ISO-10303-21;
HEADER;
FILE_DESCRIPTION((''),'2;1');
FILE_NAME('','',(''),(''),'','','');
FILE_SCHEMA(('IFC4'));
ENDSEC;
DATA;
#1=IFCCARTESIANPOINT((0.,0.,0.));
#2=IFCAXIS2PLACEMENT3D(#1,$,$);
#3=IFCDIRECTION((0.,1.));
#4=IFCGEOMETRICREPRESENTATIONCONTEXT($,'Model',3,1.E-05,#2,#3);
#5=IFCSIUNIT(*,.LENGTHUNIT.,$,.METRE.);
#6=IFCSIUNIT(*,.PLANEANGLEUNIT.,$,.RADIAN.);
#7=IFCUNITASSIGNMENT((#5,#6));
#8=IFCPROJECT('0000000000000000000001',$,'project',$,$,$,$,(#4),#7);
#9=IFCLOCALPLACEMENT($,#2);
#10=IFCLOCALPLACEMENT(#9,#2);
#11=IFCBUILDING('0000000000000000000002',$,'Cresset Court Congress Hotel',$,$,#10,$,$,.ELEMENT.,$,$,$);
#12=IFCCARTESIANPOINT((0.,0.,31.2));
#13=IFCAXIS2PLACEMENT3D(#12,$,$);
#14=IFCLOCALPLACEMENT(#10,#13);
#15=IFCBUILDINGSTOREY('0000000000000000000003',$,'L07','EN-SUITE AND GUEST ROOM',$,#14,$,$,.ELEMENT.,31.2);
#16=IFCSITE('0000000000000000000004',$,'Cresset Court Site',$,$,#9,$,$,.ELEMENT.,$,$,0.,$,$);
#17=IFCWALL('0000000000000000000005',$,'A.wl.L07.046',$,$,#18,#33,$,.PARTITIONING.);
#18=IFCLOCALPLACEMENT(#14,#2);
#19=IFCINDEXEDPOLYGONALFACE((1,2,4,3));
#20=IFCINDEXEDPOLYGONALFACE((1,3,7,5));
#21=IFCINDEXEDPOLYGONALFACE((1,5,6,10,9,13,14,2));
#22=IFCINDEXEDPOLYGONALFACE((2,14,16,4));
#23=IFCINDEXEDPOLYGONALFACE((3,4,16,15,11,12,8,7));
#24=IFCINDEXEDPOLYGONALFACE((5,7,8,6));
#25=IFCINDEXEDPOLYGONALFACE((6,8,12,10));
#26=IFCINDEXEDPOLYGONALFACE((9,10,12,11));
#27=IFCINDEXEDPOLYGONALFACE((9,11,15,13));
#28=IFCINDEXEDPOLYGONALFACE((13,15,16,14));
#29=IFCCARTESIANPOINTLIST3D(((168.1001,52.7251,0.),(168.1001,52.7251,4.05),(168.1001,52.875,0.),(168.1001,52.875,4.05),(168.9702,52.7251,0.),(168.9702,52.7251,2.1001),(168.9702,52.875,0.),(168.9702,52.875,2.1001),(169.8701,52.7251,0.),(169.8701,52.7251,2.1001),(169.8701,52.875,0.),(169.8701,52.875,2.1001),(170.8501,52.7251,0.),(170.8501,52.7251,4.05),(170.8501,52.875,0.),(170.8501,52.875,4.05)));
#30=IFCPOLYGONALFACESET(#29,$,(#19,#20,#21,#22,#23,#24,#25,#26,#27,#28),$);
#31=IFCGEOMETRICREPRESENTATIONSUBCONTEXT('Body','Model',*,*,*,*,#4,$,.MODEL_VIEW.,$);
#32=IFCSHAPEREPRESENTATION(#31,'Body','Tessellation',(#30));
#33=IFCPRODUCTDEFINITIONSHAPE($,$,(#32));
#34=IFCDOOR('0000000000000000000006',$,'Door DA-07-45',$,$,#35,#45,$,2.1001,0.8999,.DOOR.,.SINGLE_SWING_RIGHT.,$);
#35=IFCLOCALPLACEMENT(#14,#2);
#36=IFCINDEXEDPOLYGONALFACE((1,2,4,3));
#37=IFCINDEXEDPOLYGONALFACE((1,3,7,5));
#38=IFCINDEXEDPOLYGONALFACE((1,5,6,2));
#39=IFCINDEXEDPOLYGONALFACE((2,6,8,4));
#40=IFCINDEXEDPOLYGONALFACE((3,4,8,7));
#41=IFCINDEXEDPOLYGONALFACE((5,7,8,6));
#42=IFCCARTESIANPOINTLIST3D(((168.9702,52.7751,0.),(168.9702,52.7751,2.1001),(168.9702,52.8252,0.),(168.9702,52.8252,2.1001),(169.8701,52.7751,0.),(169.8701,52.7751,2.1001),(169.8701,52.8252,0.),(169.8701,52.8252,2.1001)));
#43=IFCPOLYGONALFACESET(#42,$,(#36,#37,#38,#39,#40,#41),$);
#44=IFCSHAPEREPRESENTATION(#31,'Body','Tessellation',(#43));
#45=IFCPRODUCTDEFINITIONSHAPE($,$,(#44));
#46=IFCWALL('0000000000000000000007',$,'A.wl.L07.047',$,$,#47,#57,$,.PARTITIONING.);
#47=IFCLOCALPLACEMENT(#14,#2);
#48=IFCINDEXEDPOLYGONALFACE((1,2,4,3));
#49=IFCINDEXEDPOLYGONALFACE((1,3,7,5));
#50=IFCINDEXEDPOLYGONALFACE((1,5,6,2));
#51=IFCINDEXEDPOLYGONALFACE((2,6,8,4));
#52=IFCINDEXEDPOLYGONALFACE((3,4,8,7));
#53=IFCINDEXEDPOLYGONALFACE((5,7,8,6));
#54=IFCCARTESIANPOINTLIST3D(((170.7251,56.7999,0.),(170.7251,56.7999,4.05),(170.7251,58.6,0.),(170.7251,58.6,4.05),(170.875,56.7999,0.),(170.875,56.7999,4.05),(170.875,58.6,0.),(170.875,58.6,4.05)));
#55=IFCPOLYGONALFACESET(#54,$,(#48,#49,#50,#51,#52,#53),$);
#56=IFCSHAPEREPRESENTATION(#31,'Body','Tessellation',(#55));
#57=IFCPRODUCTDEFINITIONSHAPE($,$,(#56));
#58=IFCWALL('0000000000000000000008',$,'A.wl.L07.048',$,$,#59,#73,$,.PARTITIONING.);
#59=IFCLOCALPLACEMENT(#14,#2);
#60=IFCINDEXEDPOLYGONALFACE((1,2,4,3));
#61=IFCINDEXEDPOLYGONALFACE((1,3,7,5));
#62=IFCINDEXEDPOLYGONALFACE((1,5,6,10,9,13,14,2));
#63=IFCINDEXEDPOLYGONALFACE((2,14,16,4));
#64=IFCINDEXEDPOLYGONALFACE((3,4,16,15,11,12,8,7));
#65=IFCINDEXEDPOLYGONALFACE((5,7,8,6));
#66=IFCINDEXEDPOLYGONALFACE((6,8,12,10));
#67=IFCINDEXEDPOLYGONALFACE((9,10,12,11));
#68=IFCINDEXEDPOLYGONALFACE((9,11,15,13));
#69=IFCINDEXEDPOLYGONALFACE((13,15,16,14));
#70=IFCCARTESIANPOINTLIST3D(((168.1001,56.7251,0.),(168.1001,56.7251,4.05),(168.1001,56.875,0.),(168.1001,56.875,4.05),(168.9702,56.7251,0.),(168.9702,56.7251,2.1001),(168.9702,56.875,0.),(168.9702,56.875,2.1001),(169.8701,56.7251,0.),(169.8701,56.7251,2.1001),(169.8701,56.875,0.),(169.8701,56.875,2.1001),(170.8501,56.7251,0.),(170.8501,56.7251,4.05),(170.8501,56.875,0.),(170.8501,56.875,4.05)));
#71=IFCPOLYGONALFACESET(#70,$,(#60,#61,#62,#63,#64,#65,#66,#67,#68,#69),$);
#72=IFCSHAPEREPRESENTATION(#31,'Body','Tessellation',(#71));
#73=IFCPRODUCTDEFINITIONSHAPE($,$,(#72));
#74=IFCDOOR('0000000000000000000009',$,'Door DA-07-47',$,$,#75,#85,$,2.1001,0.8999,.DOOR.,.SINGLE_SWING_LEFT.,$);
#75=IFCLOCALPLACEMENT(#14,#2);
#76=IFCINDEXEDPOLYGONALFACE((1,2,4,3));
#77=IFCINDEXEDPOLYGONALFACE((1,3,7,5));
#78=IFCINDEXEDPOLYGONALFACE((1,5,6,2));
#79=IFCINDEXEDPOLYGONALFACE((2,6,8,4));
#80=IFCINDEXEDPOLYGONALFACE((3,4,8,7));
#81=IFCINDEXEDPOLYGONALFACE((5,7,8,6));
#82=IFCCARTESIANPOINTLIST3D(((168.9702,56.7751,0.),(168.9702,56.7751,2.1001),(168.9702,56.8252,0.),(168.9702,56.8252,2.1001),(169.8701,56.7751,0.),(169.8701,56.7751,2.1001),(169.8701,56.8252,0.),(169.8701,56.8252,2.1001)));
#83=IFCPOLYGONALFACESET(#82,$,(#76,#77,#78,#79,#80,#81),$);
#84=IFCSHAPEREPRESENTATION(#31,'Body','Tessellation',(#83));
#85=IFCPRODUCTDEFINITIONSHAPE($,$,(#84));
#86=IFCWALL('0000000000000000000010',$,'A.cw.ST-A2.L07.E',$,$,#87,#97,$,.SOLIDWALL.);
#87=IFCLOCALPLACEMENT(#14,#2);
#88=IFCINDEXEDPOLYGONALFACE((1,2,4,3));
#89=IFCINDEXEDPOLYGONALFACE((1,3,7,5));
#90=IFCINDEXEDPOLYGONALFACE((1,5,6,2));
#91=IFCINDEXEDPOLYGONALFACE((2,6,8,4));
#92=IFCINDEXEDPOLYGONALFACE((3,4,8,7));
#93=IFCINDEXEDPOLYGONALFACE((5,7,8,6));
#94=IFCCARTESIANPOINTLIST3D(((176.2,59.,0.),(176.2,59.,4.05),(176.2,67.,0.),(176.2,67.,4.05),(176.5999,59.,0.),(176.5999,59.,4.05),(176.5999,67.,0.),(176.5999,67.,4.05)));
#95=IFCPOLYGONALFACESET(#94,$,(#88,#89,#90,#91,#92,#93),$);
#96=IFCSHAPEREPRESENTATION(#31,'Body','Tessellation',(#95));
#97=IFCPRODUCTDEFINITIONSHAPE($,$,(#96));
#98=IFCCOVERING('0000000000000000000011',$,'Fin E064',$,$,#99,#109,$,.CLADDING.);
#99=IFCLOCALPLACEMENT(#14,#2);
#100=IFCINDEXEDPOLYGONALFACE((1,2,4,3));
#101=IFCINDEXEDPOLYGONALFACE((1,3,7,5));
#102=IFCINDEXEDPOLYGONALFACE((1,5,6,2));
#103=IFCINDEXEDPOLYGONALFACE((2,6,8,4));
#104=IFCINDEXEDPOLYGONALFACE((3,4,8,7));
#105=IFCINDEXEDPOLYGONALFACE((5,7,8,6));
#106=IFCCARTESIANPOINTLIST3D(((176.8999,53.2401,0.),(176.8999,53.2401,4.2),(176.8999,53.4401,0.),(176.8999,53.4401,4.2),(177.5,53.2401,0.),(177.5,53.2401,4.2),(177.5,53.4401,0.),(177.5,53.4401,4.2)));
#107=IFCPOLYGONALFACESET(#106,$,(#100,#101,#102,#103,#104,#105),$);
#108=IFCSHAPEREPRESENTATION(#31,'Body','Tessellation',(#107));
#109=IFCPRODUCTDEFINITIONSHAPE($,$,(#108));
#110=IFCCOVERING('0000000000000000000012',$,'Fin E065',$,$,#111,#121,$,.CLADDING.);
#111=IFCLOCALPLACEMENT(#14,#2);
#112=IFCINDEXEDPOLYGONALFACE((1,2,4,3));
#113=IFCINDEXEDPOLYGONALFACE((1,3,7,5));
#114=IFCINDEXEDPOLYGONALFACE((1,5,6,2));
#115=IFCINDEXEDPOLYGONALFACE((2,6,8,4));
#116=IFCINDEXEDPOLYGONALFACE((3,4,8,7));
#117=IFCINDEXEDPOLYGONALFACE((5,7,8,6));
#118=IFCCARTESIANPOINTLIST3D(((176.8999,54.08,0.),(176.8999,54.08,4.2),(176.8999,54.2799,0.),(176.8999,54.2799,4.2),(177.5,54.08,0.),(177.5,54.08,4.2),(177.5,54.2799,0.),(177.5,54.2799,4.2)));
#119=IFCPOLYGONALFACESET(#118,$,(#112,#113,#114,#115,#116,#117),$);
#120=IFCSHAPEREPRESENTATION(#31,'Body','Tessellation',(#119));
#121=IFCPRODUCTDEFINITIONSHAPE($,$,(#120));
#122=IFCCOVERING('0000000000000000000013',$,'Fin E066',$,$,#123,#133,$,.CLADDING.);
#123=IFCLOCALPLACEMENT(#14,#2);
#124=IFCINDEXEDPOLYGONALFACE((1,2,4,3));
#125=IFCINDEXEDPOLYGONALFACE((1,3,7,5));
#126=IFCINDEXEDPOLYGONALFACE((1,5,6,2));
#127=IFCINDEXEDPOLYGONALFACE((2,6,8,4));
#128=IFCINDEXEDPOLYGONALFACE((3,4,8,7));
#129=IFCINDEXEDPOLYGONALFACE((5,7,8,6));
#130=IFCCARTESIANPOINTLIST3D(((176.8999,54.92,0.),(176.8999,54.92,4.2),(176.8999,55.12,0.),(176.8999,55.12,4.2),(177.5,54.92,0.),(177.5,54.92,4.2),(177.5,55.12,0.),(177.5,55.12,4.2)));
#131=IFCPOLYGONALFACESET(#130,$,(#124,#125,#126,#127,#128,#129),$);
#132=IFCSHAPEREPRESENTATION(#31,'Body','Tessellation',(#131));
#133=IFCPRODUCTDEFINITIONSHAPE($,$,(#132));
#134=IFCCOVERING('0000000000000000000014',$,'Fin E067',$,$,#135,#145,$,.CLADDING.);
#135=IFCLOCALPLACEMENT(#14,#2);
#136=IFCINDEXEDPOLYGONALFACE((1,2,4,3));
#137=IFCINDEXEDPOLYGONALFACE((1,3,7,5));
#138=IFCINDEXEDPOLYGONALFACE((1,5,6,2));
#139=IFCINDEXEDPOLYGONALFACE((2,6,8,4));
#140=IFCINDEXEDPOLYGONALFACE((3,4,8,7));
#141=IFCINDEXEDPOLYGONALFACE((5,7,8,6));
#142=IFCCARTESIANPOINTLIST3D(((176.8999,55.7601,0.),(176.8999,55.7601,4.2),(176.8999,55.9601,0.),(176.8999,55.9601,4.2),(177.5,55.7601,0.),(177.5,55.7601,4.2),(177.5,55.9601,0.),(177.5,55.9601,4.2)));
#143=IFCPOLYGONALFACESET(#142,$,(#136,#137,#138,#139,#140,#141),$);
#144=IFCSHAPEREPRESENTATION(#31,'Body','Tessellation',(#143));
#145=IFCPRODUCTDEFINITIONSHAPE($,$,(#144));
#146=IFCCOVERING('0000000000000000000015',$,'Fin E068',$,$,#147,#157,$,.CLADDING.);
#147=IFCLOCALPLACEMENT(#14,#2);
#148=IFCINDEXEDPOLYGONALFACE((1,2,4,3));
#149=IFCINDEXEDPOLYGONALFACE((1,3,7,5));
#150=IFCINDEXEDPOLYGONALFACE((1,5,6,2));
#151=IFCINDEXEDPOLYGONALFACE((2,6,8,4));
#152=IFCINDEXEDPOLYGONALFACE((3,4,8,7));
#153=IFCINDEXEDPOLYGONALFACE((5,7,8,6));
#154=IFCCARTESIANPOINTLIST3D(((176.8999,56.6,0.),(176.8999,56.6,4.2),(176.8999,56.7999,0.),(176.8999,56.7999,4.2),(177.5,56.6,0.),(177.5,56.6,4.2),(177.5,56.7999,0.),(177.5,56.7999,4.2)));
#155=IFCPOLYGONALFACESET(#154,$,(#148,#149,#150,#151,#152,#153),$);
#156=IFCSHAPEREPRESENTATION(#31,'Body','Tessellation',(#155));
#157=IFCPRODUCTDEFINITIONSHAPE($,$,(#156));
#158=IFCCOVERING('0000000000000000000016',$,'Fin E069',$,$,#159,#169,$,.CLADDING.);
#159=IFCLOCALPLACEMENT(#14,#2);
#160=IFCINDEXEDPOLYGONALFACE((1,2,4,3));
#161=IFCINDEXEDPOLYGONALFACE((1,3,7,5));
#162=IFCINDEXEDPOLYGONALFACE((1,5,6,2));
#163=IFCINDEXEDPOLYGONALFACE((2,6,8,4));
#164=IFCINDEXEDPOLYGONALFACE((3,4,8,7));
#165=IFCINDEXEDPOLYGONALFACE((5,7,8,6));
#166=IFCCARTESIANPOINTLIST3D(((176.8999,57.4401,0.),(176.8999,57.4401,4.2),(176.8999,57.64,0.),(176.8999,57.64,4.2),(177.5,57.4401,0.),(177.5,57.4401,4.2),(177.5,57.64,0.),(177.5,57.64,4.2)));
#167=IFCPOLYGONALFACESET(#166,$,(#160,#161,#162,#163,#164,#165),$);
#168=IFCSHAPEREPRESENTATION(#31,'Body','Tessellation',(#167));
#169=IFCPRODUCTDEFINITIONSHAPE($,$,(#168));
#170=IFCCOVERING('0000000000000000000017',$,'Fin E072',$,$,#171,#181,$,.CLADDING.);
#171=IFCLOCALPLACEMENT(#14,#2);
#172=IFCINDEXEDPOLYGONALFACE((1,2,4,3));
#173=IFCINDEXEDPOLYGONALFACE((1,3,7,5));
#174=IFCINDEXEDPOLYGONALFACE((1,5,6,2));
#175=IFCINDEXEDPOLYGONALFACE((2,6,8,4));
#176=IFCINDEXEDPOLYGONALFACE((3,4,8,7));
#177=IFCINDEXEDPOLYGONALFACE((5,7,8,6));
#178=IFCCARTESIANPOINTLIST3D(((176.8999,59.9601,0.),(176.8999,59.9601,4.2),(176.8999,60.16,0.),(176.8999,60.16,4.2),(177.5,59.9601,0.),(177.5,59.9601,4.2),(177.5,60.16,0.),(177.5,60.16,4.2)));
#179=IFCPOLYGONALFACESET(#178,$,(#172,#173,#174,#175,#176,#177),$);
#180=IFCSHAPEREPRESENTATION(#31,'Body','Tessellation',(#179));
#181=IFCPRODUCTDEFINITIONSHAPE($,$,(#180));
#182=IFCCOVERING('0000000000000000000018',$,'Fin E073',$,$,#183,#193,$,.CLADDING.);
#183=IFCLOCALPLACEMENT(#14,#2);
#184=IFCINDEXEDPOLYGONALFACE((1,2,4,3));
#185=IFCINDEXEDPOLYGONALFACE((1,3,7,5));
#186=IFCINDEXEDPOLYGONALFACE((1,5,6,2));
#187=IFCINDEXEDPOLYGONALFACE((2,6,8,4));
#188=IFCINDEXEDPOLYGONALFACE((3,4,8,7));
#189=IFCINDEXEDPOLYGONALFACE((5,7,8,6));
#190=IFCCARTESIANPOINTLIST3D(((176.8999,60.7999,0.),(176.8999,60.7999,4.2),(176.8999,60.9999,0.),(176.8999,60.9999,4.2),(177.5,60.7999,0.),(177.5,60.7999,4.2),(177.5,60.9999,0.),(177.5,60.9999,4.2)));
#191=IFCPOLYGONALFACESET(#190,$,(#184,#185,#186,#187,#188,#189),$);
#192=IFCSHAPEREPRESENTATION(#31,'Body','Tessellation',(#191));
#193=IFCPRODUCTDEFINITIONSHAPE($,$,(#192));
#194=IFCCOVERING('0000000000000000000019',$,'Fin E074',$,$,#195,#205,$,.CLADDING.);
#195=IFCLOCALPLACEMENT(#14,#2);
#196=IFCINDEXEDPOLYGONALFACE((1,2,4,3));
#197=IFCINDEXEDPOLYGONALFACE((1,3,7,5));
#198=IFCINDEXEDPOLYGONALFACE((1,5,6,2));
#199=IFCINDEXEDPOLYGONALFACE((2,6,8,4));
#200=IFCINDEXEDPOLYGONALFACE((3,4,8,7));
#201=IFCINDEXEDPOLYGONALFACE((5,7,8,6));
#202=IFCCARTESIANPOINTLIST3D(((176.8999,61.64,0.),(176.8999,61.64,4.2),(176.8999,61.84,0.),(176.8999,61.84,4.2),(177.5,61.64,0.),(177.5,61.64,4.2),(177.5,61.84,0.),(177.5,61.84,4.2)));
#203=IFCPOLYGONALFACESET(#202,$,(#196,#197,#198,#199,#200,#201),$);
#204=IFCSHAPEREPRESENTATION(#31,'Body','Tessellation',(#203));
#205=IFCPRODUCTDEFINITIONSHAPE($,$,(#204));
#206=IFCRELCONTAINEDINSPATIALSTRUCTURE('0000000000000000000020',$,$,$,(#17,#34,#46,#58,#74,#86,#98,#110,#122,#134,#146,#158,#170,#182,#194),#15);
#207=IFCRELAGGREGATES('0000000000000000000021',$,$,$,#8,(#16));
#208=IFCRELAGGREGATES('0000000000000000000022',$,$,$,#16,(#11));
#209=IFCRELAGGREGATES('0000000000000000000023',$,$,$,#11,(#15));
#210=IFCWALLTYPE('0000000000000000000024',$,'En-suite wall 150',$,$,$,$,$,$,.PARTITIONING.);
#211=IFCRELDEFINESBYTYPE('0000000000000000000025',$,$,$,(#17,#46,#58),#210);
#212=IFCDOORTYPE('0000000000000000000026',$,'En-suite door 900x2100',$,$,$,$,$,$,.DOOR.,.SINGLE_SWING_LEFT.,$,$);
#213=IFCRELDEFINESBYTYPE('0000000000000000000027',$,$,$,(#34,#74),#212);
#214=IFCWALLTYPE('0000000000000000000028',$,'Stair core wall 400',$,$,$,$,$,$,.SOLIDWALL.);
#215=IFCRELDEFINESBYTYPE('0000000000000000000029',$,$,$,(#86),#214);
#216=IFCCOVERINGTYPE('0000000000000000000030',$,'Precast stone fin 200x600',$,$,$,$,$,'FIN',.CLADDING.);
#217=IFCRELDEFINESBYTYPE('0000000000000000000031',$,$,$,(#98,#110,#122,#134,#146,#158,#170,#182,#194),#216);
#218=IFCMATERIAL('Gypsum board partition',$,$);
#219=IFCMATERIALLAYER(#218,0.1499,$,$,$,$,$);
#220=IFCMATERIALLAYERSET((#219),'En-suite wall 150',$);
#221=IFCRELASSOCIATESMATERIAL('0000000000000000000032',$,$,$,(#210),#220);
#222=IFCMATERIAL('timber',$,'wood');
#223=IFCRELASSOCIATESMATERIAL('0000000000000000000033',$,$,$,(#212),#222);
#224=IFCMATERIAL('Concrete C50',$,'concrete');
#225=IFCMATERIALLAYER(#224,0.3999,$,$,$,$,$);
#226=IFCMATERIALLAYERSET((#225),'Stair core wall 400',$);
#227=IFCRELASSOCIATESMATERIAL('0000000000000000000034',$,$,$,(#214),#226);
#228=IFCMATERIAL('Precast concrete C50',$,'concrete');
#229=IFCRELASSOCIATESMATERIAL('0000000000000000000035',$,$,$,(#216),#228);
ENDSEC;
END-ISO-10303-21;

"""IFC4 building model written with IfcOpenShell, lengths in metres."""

from ifc_helpers import new_model, si_unit, direction, frame, frame_2d, origin, origin_2d, place, context, subcontext, project, spatial, rectangle, extrude, material, layer, layer_set, type_object, element, fill, save


model = new_model("IFC4")

# Units and contexts
model_context = context("Model", 3, precision=1e-05, world=origin(), true_north=direction((0.0, 1.0)))
body_context = subcontext(model_context, "Body", "Model", "MODEL_VIEW")
ifc_project = project(units=[si_unit("LENGTHUNIT", "METRE"), si_unit("PLANEANGLEUNIT", "RADIAN")], contexts=[model_context])

# Site, building, storey
site_placement = place(None, origin())
site = spatial("IfcSite", under=ifc_project, at=site_placement, Name="Cresset Court Site", CompositionType="ELEMENT", RefElevation=0.0)
building_placement = place(site_placement, origin())
building = spatial("IfcBuilding", under=site, at=building_placement, Name="Cresset Court Congress Hotel", CompositionType="ELEMENT")
storey_placement = place(building_placement, frame((0.0, 0.0, 31.2)))
storey = spatial("IfcBuildingStorey", under=building, at=storey_placement, Name="L07", Description="EN-SUITE AND GUEST ROOM", CompositionType="ELEMENT", Elevation=31.2)

# Wall, opening, door
ifc_material_1 = material(Name="Gypsum board partition")
ifc_layer_1 = layer(ifc_material_1, 0.1499)
ifc_layer_set_1 = layer_set([ifc_layer_1], Name="En-suite wall 150")
wall_type_1 = type_object("IfcWallType", Name="En-suite wall 150", PredefinedType="PARTITIONING", material=ifc_layer_set_1)
wall_1_placement = place(storey_placement, frame((170.8501, 52.8, 0.0), z_axis=(0.0, 0.0, 1.0), x_axis=(-1.0, 0.0, 0.0)))
wall_1 = element("IfcWall", 1, at=wall_1_placement, inside=storey, type_object=wall_type_1, Name="A.wl.L07.046", PredefinedType="PARTITIONING", context=body_context, shape_type="SweptSolid", body=[
    extrude(rectangle(XDim=2.75, YDim=0.1499, at=frame_2d((1.375, 0.0))), origin(), (0.0, 0.0, 1.0), 4.05),
])
opening_1_placement = place(wall_1_placement, frame((0.98, 0.0, 0.0)))
opening_1 = element("IfcOpeningElement", 2, at=opening_1_placement, cuts=wall_1, PredefinedType="OPENING", context=body_context, shape_type="SweptSolid", body=[
    extrude(rectangle(XDim=0.8999, YDim=2.1001, at=frame_2d((0.45, 1.05))), frame((0.0, 0.085, 0.0), z_axis=(0.0, -1.0, 0.0), x_axis=(1.0, 0.0, 0.0)), (0.0, 0.0, 1.0), 0.1699),
])
ifc_material_2 = material(Name="timber", Category="wood")
door_type = type_object("IfcDoorType", Name="En-suite door 900x2100", OperationType="SINGLE_SWING_LEFT", PredefinedType="DOOR", material=ifc_material_2)
door_1_placement = place(opening_1_placement, origin())
door_1 = element("IfcDoor", 3, at=door_1_placement, inside=storey, type_object=door_type, Name="Door DA-07-45", OperationType="SINGLE_SWING_RIGHT", OverallHeight=2.1001, OverallWidth=0.8999, PredefinedType="DOOR", context=body_context, shape_type="SweptSolid", body=[
    extrude(rectangle(XDim=0.8999, YDim=2.1001, at=frame_2d((0.45, 1.05))), frame((0.0, 0.0249, 0.0), z_axis=(0.0, -1.0, 0.0), x_axis=(1.0, 0.0, 0.0)), (0.0, 0.0, 1.0), 0.05),
])
fill(opening_1, door_1)

# Wall
wall_2_placement = place(storey_placement, frame((170.8, 56.8, 0.0), z_axis=(0.0, 0.0, 1.0), x_axis=(0.0, 1.0, 0.0)))
element("IfcWall", 4, at=wall_2_placement, inside=storey, type_object=wall_type_1, Name="A.wl.L07.047", PredefinedType="PARTITIONING", context=body_context, shape_type="SweptSolid", body=[
    extrude(rectangle(XDim=1.8, YDim=0.1499, at=frame_2d((0.8999, 0.0))), origin(), (0.0, 0.0, 1.0), 4.05),
])

# Wall, opening, door
wall_3_placement = place(storey_placement, frame((170.8501, 56.8, 0.0), z_axis=(0.0, 0.0, 1.0), x_axis=(-1.0, 0.0, 0.0)))
wall_3 = element("IfcWall", 5, at=wall_3_placement, inside=storey, type_object=wall_type_1, Name="A.wl.L07.048", PredefinedType="PARTITIONING", context=body_context, shape_type="SweptSolid", body=[
    extrude(rectangle(XDim=2.75, YDim=0.1499, at=frame_2d((1.375, 0.0))), origin(), (0.0, 0.0, 1.0), 4.05),
])
opening_2_placement = place(wall_3_placement, frame((0.98, 0.0, 0.0)))
opening_2 = element("IfcOpeningElement", 6, at=opening_2_placement, cuts=wall_3, PredefinedType="OPENING", context=body_context, shape_type="SweptSolid", body=[
    extrude(rectangle(XDim=0.8999, YDim=2.1001, at=frame_2d((0.45, 1.05))), frame((0.0, 0.085, 0.0), z_axis=(0.0, -1.0, 0.0), x_axis=(1.0, 0.0, 0.0)), (0.0, 0.0, 1.0), 0.1699),
])
door_2_placement = place(opening_2_placement, origin())
door_2 = element("IfcDoor", 7, at=door_2_placement, inside=storey, type_object=door_type, Name="Door DA-07-47", OperationType="SINGLE_SWING_LEFT", OverallHeight=2.1001, OverallWidth=0.8999, PredefinedType="DOOR", context=body_context, shape_type="SweptSolid", body=[
    extrude(rectangle(XDim=0.8999, YDim=2.1001, at=frame_2d((0.45, 1.05))), frame((0.0, 0.0249, 0.0), z_axis=(0.0, -1.0, 0.0), x_axis=(1.0, 0.0, 0.0)), (0.0, 0.0, 1.0), 0.05),
])
fill(opening_2, door_2)

# Wall
ifc_material_3 = material(Name="Concrete C50", Category="concrete")
ifc_layer_2 = layer(ifc_material_3, 0.3999)
ifc_layer_set_2 = layer_set([ifc_layer_2], Name="Stair core wall 400")
wall_type_2 = type_object("IfcWallType", Name="Stair core wall 400", PredefinedType="SOLIDWALL", material=ifc_layer_set_2)
wall_4_placement = place(storey_placement, frame((176.3999, 59.0, 0.0), z_axis=(0.0, 0.0, 1.0), x_axis=(0.0, 1.0, 0.0)))
element("IfcWall", 8, at=wall_4_placement, inside=storey, type_object=wall_type_2, Name="A.cw.ST-A2.L07.E", PredefinedType="SOLIDWALL", context=body_context, shape_type="SweptSolid", body=[
    extrude(rectangle(XDim=8.0, YDim=0.3999, at=frame_2d((4.0, 0.0))), origin(), (0.0, 0.0, 1.0), 4.05),
])

# Coverings
ifc_material_4 = material(Name="Precast concrete C50", Category="concrete")
covering_type_1 = type_object("IfcCoveringType", Name="Precast stone fin 200x600", ElementType="FIN", PredefinedType="CLADDING", material=ifc_material_4)
for number, where, z_axis, x_axis, name in (
    (9, (177.2, 53.3401, 0.0), (0.0, 0.0, 1.0), (1.0, 0.0, 0.0), "Fin E064"),
    (10, (177.2, 54.1799, 0.0), (0.0, 0.0, 1.0), (1.0, 0.0, 0.0), "Fin E065"),
    (11, (177.2, 55.02, 0.0), (0.0, 0.0, 1.0), (1.0, 0.0, 0.0), "Fin E066"),
    (12, (177.2, 55.8601, 0.0), (0.0, 0.0, 1.0), (1.0, 0.0, 0.0), "Fin E067"),
    (13, (177.2, 56.7, 0.0), (0.0, 0.0, 1.0), (1.0, 0.0, 0.0), "Fin E068"),
    (14, (177.2, 57.54, 0.0), (0.0, 0.0, 1.0), (1.0, 0.0, 0.0), "Fin E069"),
    (15, (177.2, 60.0601, 0.0), (0.0, 0.0, 1.0), (1.0, 0.0, 0.0), "Fin E072"),
    (16, (177.2, 60.8999, 0.0), (0.0, 0.0, 1.0), (1.0, 0.0, 0.0), "Fin E073"),
    (17, (177.2, 61.74, 0.0), (0.0, 0.0, 1.0), (1.0, 0.0, 0.0), "Fin E074"),
):
    element("IfcCovering", number, at=place(storey_placement, frame(where, z_axis=z_axis, x_axis=x_axis)), inside=storey, type_object=covering_type_1, Name=name, PredefinedType="CLADDING", context=body_context, shape_type="SweptSolid", body=[
        extrude(rectangle(XDim=0.6001, YDim=0.2, at=origin_2d()), origin(), (0.0, 0.0, 1.0), 4.2),
    ])

save(model, "model.ifc")
